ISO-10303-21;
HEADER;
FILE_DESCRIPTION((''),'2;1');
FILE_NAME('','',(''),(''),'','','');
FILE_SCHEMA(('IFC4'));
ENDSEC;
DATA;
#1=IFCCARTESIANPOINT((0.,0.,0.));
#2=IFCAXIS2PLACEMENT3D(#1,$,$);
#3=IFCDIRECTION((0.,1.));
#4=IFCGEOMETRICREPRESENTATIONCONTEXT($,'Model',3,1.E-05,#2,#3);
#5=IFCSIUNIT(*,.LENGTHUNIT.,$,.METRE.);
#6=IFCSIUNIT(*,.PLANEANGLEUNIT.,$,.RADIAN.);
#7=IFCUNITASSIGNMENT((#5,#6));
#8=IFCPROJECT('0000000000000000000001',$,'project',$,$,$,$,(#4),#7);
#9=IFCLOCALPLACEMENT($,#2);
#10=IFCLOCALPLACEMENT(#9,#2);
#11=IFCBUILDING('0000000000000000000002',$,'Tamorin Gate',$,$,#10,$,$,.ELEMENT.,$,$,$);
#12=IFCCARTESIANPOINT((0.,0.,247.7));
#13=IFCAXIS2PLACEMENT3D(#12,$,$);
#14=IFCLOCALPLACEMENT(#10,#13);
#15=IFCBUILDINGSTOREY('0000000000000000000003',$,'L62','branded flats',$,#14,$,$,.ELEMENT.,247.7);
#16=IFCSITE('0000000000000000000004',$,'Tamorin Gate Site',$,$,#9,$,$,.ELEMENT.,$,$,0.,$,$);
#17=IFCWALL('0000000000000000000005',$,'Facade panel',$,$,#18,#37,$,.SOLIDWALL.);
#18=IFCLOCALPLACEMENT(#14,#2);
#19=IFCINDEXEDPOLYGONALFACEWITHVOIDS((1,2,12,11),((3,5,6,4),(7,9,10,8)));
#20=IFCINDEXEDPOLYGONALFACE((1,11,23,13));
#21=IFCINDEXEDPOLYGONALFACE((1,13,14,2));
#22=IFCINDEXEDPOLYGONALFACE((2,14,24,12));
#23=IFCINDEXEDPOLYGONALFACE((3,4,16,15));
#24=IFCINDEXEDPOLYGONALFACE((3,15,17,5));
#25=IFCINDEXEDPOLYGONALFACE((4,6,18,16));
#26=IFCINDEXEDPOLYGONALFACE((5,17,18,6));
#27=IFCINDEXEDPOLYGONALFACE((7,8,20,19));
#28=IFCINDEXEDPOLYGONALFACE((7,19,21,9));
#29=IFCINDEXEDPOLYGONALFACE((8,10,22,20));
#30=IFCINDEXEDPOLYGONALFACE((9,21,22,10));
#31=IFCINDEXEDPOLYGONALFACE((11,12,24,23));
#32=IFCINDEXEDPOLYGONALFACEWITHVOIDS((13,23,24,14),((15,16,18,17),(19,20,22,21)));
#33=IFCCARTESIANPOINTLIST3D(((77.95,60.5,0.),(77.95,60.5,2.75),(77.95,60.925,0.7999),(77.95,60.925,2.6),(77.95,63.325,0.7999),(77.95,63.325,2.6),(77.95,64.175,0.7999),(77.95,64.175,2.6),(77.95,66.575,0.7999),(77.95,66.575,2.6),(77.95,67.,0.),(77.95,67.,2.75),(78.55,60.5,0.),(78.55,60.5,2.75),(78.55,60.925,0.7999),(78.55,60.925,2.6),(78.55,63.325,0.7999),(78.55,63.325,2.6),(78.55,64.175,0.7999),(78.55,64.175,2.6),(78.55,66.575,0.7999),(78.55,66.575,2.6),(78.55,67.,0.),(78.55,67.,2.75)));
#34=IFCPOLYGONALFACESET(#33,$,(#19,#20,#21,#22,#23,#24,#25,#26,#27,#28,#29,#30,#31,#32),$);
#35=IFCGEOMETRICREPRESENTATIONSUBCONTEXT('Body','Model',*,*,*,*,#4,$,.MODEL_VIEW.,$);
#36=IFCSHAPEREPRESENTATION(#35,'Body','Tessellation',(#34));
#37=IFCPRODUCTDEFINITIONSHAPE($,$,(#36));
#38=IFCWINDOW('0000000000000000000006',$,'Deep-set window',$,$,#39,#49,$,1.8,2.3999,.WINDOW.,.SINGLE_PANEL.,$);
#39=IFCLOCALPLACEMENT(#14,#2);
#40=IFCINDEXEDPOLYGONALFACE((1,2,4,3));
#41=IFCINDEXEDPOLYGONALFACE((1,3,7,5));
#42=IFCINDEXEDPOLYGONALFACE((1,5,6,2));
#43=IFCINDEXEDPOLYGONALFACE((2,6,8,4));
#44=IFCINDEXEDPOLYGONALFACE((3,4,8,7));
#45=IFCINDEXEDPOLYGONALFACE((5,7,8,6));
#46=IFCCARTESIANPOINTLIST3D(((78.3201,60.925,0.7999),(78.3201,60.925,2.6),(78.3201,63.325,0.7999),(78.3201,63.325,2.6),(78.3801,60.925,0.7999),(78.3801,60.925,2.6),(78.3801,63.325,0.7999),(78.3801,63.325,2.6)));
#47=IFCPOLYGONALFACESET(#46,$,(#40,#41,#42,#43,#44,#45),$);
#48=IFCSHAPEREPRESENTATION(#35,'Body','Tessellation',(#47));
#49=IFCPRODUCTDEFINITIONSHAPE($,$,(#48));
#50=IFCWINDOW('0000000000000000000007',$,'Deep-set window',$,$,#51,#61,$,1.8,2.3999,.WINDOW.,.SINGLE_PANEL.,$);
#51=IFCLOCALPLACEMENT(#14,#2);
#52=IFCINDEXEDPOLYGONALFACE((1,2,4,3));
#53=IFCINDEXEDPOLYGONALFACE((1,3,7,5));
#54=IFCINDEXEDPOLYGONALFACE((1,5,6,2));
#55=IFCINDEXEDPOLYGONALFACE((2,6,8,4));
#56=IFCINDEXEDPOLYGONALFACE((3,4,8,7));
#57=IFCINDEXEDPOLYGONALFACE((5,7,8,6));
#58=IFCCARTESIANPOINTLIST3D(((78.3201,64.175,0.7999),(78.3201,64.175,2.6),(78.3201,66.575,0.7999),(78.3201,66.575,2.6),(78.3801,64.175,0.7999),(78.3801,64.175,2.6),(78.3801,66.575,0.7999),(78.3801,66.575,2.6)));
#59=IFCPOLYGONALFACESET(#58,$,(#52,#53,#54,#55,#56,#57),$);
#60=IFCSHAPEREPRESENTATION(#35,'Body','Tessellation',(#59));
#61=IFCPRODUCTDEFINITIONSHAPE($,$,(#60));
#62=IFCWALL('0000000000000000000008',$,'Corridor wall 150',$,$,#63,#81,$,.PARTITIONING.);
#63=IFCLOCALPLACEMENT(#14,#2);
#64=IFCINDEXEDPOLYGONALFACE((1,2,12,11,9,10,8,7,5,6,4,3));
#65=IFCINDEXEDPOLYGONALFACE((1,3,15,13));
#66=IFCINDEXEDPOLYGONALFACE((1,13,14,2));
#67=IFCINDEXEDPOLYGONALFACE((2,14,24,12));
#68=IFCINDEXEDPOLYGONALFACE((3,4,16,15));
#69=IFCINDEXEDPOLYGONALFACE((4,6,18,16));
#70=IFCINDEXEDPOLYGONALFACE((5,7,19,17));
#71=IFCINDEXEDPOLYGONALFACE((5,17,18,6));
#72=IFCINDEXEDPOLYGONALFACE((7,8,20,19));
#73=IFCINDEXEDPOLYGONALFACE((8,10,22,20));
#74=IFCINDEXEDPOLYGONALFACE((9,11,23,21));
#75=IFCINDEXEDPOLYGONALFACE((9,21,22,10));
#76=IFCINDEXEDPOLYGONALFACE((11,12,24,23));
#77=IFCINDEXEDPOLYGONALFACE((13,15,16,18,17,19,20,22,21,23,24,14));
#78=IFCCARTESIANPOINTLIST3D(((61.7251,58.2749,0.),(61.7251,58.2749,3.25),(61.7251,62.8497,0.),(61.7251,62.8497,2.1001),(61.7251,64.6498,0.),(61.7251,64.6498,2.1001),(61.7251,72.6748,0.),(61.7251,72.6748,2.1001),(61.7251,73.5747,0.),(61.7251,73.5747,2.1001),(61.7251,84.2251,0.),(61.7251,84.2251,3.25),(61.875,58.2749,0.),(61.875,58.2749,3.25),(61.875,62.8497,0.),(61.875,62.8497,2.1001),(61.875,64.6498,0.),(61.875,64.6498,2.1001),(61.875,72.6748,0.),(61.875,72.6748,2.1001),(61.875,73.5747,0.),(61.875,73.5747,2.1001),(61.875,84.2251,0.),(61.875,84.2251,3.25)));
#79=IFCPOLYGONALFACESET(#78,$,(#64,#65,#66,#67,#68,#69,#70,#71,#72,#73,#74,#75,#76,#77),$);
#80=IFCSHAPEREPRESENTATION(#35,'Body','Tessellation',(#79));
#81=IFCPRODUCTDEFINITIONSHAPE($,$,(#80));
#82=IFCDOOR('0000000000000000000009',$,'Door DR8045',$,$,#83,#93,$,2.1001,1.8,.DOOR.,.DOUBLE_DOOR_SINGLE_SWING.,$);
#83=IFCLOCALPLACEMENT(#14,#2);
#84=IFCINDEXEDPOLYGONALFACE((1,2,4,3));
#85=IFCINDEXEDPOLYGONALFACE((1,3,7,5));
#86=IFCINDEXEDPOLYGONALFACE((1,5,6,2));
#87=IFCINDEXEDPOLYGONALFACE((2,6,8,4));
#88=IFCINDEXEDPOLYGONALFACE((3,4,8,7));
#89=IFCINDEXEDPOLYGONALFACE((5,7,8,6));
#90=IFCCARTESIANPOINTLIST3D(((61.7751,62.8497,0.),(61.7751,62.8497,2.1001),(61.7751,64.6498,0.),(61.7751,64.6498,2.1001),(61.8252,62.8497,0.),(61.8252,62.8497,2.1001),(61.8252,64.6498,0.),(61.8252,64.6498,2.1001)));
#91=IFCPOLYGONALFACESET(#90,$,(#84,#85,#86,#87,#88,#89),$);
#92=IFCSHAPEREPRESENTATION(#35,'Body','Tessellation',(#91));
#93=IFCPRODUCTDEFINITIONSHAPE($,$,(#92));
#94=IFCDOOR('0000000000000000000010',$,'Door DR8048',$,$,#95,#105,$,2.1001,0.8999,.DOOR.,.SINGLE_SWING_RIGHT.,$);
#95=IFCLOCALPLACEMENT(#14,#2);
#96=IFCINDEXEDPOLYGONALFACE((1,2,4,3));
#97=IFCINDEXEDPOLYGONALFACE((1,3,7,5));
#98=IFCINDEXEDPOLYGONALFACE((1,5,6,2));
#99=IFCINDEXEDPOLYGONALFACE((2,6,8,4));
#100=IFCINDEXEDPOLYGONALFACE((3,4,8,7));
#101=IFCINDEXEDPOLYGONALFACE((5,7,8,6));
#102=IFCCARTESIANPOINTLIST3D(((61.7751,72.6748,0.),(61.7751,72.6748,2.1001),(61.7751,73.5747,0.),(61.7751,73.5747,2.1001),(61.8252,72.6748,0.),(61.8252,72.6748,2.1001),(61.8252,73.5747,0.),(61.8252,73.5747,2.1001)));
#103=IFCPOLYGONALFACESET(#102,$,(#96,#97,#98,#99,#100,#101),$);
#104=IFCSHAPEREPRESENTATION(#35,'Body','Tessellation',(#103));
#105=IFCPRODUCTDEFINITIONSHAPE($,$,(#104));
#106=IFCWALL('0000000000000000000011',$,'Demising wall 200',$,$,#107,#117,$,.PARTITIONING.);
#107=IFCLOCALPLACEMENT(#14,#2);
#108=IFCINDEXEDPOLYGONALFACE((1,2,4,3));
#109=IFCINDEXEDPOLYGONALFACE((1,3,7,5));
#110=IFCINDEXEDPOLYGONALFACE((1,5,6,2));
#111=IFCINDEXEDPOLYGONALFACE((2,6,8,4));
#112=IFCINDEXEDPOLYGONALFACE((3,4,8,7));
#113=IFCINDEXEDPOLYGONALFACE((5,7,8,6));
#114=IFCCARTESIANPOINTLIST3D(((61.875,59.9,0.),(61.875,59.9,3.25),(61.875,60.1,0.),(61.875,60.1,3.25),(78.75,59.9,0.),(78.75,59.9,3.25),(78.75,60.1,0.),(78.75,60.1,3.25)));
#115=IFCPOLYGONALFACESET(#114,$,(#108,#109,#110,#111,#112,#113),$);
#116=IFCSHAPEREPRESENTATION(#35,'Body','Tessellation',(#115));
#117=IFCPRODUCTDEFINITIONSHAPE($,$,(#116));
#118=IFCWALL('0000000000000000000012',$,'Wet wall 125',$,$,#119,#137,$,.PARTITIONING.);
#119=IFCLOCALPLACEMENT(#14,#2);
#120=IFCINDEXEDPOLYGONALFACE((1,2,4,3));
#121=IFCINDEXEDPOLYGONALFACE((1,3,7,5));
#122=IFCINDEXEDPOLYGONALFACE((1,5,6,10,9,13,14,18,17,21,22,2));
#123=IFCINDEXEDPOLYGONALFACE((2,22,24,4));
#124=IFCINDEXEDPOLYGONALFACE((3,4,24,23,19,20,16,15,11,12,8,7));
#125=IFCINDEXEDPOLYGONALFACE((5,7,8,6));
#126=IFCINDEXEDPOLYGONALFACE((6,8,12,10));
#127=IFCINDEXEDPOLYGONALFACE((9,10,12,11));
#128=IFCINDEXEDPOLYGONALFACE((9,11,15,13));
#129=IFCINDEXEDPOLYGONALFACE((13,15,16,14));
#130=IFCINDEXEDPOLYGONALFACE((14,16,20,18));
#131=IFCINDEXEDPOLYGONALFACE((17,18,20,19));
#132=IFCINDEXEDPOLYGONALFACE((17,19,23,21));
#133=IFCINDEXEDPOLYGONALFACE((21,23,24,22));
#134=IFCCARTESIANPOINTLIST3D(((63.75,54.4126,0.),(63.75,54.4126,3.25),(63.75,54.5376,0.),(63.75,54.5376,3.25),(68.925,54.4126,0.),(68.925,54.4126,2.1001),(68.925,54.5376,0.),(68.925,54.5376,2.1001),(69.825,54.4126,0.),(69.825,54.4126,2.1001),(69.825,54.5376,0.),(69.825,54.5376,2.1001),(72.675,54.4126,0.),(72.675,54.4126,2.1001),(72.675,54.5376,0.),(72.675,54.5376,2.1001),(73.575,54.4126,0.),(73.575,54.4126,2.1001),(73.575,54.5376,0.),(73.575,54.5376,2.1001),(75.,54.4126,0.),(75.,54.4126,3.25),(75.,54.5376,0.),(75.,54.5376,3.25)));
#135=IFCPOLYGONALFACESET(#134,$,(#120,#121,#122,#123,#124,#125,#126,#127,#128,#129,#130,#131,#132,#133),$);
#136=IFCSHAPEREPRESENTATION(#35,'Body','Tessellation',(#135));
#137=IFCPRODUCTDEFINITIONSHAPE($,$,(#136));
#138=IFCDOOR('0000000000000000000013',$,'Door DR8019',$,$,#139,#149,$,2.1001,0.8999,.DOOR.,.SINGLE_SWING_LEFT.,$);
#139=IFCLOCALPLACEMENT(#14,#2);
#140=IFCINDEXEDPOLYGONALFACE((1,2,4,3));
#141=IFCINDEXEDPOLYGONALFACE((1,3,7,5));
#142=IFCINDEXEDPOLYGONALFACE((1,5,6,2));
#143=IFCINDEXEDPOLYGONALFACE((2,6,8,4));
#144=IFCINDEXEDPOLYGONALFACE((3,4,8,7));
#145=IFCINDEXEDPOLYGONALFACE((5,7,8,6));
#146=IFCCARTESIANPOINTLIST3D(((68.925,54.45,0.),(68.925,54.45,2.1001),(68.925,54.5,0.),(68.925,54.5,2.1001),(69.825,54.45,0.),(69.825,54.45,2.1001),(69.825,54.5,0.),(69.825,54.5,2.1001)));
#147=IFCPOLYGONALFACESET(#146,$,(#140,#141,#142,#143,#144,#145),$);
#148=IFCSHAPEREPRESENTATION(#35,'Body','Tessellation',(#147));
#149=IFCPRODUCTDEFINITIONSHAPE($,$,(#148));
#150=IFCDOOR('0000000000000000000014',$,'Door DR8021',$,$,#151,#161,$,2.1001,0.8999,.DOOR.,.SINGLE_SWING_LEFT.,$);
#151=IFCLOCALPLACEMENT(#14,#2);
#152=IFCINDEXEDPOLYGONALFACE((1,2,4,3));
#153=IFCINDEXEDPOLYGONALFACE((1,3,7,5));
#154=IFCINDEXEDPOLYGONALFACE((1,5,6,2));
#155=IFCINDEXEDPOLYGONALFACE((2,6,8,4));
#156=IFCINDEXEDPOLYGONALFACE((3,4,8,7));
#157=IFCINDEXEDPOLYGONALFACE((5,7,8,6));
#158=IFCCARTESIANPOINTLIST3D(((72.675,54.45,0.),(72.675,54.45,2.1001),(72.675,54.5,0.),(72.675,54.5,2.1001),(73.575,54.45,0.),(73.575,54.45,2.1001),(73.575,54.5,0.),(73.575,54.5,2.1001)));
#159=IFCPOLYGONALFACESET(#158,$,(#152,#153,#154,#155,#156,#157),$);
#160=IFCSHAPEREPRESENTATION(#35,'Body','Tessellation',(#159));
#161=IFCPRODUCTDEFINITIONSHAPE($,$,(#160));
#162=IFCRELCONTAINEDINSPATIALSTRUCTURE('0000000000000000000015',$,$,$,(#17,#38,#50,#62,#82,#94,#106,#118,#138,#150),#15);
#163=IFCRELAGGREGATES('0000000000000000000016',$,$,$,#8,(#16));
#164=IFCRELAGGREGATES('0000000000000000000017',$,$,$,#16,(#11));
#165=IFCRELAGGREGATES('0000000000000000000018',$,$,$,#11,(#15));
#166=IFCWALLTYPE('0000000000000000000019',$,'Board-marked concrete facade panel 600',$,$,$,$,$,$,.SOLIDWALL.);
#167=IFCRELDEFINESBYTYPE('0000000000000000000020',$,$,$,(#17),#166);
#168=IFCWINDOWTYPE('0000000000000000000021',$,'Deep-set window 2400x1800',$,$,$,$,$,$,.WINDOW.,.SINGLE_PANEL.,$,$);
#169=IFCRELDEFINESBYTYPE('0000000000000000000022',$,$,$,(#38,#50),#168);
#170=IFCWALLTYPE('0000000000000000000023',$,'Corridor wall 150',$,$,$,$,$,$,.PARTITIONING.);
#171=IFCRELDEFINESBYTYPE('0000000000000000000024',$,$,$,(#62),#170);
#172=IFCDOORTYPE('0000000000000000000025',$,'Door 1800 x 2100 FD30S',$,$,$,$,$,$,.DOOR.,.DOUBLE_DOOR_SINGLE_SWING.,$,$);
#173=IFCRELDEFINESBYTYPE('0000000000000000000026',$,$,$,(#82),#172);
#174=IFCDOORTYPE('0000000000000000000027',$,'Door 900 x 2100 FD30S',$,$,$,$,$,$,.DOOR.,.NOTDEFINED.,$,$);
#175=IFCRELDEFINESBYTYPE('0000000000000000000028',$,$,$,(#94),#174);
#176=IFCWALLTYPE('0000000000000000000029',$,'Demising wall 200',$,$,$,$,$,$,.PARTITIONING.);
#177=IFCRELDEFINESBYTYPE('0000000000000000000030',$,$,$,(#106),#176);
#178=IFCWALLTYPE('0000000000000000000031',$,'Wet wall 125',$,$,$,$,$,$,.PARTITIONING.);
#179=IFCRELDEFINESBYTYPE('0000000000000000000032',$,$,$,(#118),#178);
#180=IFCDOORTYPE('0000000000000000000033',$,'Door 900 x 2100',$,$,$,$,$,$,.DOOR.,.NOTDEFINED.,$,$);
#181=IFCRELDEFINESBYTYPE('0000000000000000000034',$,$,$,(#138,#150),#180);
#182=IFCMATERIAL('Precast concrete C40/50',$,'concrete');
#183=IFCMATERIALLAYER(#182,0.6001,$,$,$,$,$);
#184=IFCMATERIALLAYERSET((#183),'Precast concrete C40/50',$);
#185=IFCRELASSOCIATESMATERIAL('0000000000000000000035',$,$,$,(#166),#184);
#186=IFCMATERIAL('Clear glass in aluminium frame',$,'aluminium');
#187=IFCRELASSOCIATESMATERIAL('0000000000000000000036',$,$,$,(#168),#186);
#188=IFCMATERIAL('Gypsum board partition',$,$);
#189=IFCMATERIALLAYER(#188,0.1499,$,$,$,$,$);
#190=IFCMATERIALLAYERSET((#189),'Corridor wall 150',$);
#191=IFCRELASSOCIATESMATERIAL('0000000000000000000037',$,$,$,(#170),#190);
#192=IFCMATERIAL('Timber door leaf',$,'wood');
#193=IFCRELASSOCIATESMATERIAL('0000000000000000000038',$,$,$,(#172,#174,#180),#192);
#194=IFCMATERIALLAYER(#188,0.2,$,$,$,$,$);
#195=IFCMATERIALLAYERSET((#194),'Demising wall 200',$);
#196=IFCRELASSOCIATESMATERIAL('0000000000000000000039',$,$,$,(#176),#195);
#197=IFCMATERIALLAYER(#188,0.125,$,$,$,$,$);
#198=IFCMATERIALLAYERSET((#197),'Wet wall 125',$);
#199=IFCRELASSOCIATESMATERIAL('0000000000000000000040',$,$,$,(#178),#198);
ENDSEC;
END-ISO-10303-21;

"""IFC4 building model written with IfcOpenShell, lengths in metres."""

from ifc_helpers import new_model, si_unit, direction, frame, frame_2d, origin, place, context, subcontext, project, spatial, rectangle, extrude, material, layer, layer_set, type_object, element, fill, save


model = new_model("IFC4")

# Units and contexts
model_context = context("Model", 3, precision=1e-05, world=origin(), true_north=direction((0.0, 1.0)))
body_context = subcontext(model_context, "Body", "Model", "MODEL_VIEW")
ifc_project = project(units=[si_unit("LENGTHUNIT", "METRE"), si_unit("PLANEANGLEUNIT", "RADIAN")], contexts=[model_context])

# Site, building, storey
site_placement = place(None, origin())
site = spatial("IfcSite", under=ifc_project, at=site_placement, Name="Tamorin Gate Site", CompositionType="ELEMENT", RefElevation=0.0)
building_placement = place(site_placement, origin())
building = spatial("IfcBuilding", under=site, at=building_placement, Name="Tamorin Gate", CompositionType="ELEMENT")
storey_placement = place(building_placement, frame((0.0, 0.0, 247.7)))
storey = spatial("IfcBuildingStorey", under=building, at=storey_placement, Name="L62", Description="branded flats", CompositionType="ELEMENT", Elevation=247.7)

# Wall, openings, windows
ifc_material_1 = material(Name="Precast concrete C40/50", Category="concrete")
ifc_layer_1 = layer(ifc_material_1, 0.6001)
ifc_layer_set_1 = layer_set([ifc_layer_1], Name="Precast concrete C40/50")
wall_type_1 = type_object("IfcWallType", Name="Board-marked concrete facade panel 600", PredefinedType="SOLIDWALL", material=ifc_layer_set_1)
ifc_material_2 = material(Name="Clear glass in aluminium frame", Category="aluminium")
window_type = type_object("IfcWindowType", Name="Deep-set window 2400x1800", PartitioningType="SINGLE_PANEL", PredefinedType="WINDOW", material=ifc_material_2)
wall_1_placement = place(storey_placement, frame((78.25, 60.5, 0.0), z_axis=(0.0, 0.0, 1.0), x_axis=(0.0, 1.0, 0.0)))
wall_1 = element("IfcWall", 1, at=wall_1_placement, inside=storey, type_object=wall_type_1, Name="Facade panel", PredefinedType="SOLIDWALL", context=body_context, shape_type="SweptSolid", body=[
    extrude(rectangle(XDim=6.5, YDim=0.6001, at=frame_2d((3.25, 0.0))), origin(), (0.0, 0.0, 1.0), 2.75),
])
opening_1_placement = place(wall_1_placement, frame((0.425, 0.0, 0.8)))
opening_1 = element("IfcOpeningElement", 2, at=opening_1_placement, cuts=wall_1, PredefinedType="OPENING", context=body_context, shape_type="SweptSolid", body=[
    extrude(rectangle(XDim=2.3999, YDim=1.8, at=frame_2d((1.2, 0.8999))), frame((0.0, 0.3101, 0.0), z_axis=(0.0, -1.0, 0.0), x_axis=(1.0, 0.0, 0.0)), (0.0, 0.0, 1.0), 0.6201),
])
opening_2_placement = place(wall_1_placement, frame((3.675, 0.0, 0.8)))
opening_2 = element("IfcOpeningElement", 3, at=opening_2_placement, cuts=wall_1, PredefinedType="OPENING", context=body_context, shape_type="SweptSolid", body=[
    extrude(rectangle(XDim=2.3999, YDim=1.8, at=frame_2d((1.2, 0.8999))), frame((0.0, 0.3101, 0.0), z_axis=(0.0, -1.0, 0.0), x_axis=(1.0, 0.0, 0.0)), (0.0, 0.0, 1.0), 0.6201),
])
window_1_placement = place(opening_1_placement, origin())
window_1 = element("IfcWindow", 4, at=window_1_placement, inside=storey, type_object=window_type, Name="Deep-set window", OverallHeight=1.8, OverallWidth=2.3999, PartitioningType="SINGLE_PANEL", PredefinedType="WINDOW", context=body_context, shape_type="SweptSolid", body=[
    extrude(rectangle(XDim=2.3999, YDim=1.8, at=frame_2d((1.2, 0.8999))), frame((0.0, -0.0701, 0.0), z_axis=(0.0, -1.0, 0.0), x_axis=(1.0, 0.0, 0.0)), (0.0, 0.0, 1.0), 0.0601),
])
fill(opening_1, window_1)
window_2_placement = place(opening_2_placement, origin())
window_2 = element("IfcWindow", 5, at=window_2_placement, inside=storey, type_object=window_type, Name="Deep-set window", OverallHeight=1.8, OverallWidth=2.3999, PartitioningType="SINGLE_PANEL", PredefinedType="WINDOW", context=body_context, shape_type="SweptSolid", body=[
    extrude(rectangle(XDim=2.3999, YDim=1.8, at=frame_2d((1.2, 0.8999))), frame((0.0, -0.0701, 0.0), z_axis=(0.0, -1.0, 0.0), x_axis=(1.0, 0.0, 0.0)), (0.0, 0.0, 1.0), 0.0601),
])
fill(opening_2, window_2)

# Wall, openings, doors
ifc_material_3 = material(Name="Gypsum board partition")
ifc_layer_2 = layer(ifc_material_3, 0.1499)
ifc_layer_set_2 = layer_set([ifc_layer_2], Name="Corridor wall 150")
wall_type_2 = type_object("IfcWallType", Name="Corridor wall 150", PredefinedType="PARTITIONING", material=ifc_layer_set_2)
wall_2_placement = place(storey_placement, frame((61.8, 58.2749, 0.0), z_axis=(0.0, 0.0, 1.0), x_axis=(0.0, 1.0, 0.0)))
wall_2 = element("IfcWall", 6, at=wall_2_placement, inside=storey, type_object=wall_type_2, Name="Corridor wall 150", PredefinedType="PARTITIONING", context=body_context, shape_type="SweptSolid", body=[
    extrude(rectangle(XDim=25.9502, YDim=0.1499, at=frame_2d((12.9751, 0.0))), origin(), (0.0, 0.0, 1.0), 3.25),
])
opening_3_placement = place(wall_2_placement, frame((4.575, 0.0, 0.0)))
opening_3 = element("IfcOpeningElement", 7, at=opening_3_placement, cuts=wall_2, PredefinedType="OPENING", context=body_context, shape_type="SweptSolid", body=[
    extrude(rectangle(XDim=1.8, YDim=2.1001, at=frame_2d((0.8999, 1.05))), frame((0.0, 0.085, 0.0), z_axis=(0.0, -1.0, 0.0), x_axis=(1.0, 0.0, 0.0)), (0.0, 0.0, 1.0), 0.1699),
])
opening_4_placement = place(wall_2_placement, frame((14.3999, 0.0, 0.0)))
opening_4 = element("IfcOpeningElement", 8, at=opening_4_placement, cuts=wall_2, PredefinedType="OPENING", context=body_context, shape_type="SweptSolid", body=[
    extrude(rectangle(XDim=0.8999, YDim=2.1001, at=frame_2d((0.45, 1.05))), frame((0.0, 0.085, 0.0), z_axis=(0.0, -1.0, 0.0), x_axis=(1.0, 0.0, 0.0)), (0.0, 0.0, 1.0), 0.1699),
])
ifc_material_4 = material(Name="Timber door leaf", Category="wood")
door_type_1 = type_object("IfcDoorType", Name="Door 1800 x 2100 FD30S", OperationType="DOUBLE_DOOR_SINGLE_SWING", PredefinedType="DOOR", material=ifc_material_4)
door_1_placement = place(opening_3_placement, origin())
door_1 = element("IfcDoor", 9, at=door_1_placement, inside=storey, type_object=door_type_1, Name="Door DR8045", OperationType="DOUBLE_DOOR_SINGLE_SWING", OverallHeight=2.1001, OverallWidth=1.8, PredefinedType="DOOR", context=body_context, shape_type="SweptSolid", body=[
    extrude(rectangle(XDim=1.8, YDim=2.1001, at=frame_2d((0.8999, 1.05))), frame((0.0, 0.0249, 0.0), z_axis=(0.0, -1.0, 0.0), x_axis=(1.0, 0.0, 0.0)), (0.0, 0.0, 1.0), 0.05),
])
fill(opening_3, door_1)
door_type_2 = type_object("IfcDoorType", Name="Door 900 x 2100 FD30S", OperationType="NOTDEFINED", PredefinedType="DOOR", material=ifc_material_4)
door_2_placement = place(opening_4_placement, origin())
door_2 = element("IfcDoor", 10, at=door_2_placement, inside=storey, type_object=door_type_2, Name="Door DR8048", OperationType="SINGLE_SWING_RIGHT", OverallHeight=2.1001, OverallWidth=0.8999, PredefinedType="DOOR", context=body_context, shape_type="SweptSolid", body=[
    extrude(rectangle(XDim=0.8999, YDim=2.1001, at=frame_2d((0.45, 1.05))), frame((0.0, 0.0249, 0.0), z_axis=(0.0, -1.0, 0.0), x_axis=(1.0, 0.0, 0.0)), (0.0, 0.0, 1.0), 0.05),
])
fill(opening_4, door_2)

# Wall
ifc_layer_3 = layer(ifc_material_3, 0.2)
ifc_layer_set_3 = layer_set([ifc_layer_3], Name="Demising wall 200")
wall_type_3 = type_object("IfcWallType", Name="Demising wall 200", PredefinedType="PARTITIONING", material=ifc_layer_set_3)
wall_3_placement = place(storey_placement, frame((61.875, 60.0, 0.0), z_axis=(0.0, 0.0, 1.0), x_axis=(1.0, 0.0, 0.0)))
element("IfcWall", 11, at=wall_3_placement, inside=storey, type_object=wall_type_3, Name="Demising wall 200", PredefinedType="PARTITIONING", context=body_context, shape_type="SweptSolid", body=[
    extrude(rectangle(XDim=16.875, YDim=0.2, at=frame_2d((8.4375, 0.0))), origin(), (0.0, 0.0, 1.0), 3.25),
])

# Wall, openings, doors
ifc_layer_4 = layer(ifc_material_3, 0.125)
ifc_layer_set_4 = layer_set([ifc_layer_4], Name="Wet wall 125")
wall_type_4 = type_object("IfcWallType", Name="Wet wall 125", PredefinedType="PARTITIONING", material=ifc_layer_set_4)
wall_4_placement = place(storey_placement, frame((63.75, 54.4751, 0.0), z_axis=(0.0, 0.0, 1.0), x_axis=(1.0, 0.0, 0.0)))
wall_4 = element("IfcWall", 12, at=wall_4_placement, inside=storey, type_object=wall_type_4, Name="Wet wall 125", PredefinedType="PARTITIONING", context=body_context, shape_type="SweptSolid", body=[
    extrude(rectangle(XDim=11.25, YDim=0.125, at=frame_2d((5.625, 0.0))), origin(), (0.0, 0.0, 1.0), 3.25),
])
opening_5_placement = place(wall_4_placement, frame((5.175, 0.0, 0.0)))
opening_5 = element("IfcOpeningElement", 13, at=opening_5_placement, cuts=wall_4, PredefinedType="OPENING", context=body_context, shape_type="SweptSolid", body=[
    extrude(rectangle(XDim=0.8999, YDim=2.1001, at=frame_2d((0.45, 1.05))), frame((0.0, 0.0725, 0.0), z_axis=(0.0, -1.0, 0.0), x_axis=(1.0, 0.0, 0.0)), (0.0, 0.0, 1.0), 0.145),
])
opening_6_placement = place(wall_4_placement, frame((8.925, 0.0, 0.0)))
opening_6 = element("IfcOpeningElement", 14, at=opening_6_placement, cuts=wall_4, PredefinedType="OPENING", context=body_context, shape_type="SweptSolid", body=[
    extrude(rectangle(XDim=0.8999, YDim=2.1001, at=frame_2d((0.45, 1.05))), frame((0.0, 0.0725, 0.0), z_axis=(0.0, -1.0, 0.0), x_axis=(1.0, 0.0, 0.0)), (0.0, 0.0, 1.0), 0.145),
])
door_type_3 = type_object("IfcDoorType", Name="Door 900 x 2100", OperationType="NOTDEFINED", PredefinedType="DOOR", material=ifc_material_4)
door_3_placement = place(opening_5_placement, origin())
door_3 = element("IfcDoor", 15, at=door_3_placement, inside=storey, type_object=door_type_3, Name="Door DR8019", OperationType="SINGLE_SWING_LEFT", OverallHeight=2.1001, OverallWidth=0.8999, PredefinedType="DOOR", context=body_context, shape_type="SweptSolid", body=[
    extrude(rectangle(XDim=0.8999, YDim=2.1001, at=frame_2d((0.45, 1.05))), frame((0.0, 0.0249, 0.0), z_axis=(0.0, -1.0, 0.0), x_axis=(1.0, 0.0, 0.0)), (0.0, 0.0, 1.0), 0.05),
])
fill(opening_5, door_3)
door_4_placement = place(opening_6_placement, origin())
door_4 = element("IfcDoor", 16, at=door_4_placement, inside=storey, type_object=door_type_3, Name="Door DR8021", OperationType="SINGLE_SWING_LEFT", OverallHeight=2.1001, OverallWidth=0.8999, PredefinedType="DOOR", context=body_context, shape_type="SweptSolid", body=[
    extrude(rectangle(XDim=0.8999, YDim=2.1001, at=frame_2d((0.45, 1.05))), frame((0.0, 0.0249, 0.0), z_axis=(0.0, -1.0, 0.0), x_axis=(1.0, 0.0, 0.0)), (0.0, 0.0, 1.0), 0.05),
])
fill(opening_6, door_4)

save(model, "model.ifc")
